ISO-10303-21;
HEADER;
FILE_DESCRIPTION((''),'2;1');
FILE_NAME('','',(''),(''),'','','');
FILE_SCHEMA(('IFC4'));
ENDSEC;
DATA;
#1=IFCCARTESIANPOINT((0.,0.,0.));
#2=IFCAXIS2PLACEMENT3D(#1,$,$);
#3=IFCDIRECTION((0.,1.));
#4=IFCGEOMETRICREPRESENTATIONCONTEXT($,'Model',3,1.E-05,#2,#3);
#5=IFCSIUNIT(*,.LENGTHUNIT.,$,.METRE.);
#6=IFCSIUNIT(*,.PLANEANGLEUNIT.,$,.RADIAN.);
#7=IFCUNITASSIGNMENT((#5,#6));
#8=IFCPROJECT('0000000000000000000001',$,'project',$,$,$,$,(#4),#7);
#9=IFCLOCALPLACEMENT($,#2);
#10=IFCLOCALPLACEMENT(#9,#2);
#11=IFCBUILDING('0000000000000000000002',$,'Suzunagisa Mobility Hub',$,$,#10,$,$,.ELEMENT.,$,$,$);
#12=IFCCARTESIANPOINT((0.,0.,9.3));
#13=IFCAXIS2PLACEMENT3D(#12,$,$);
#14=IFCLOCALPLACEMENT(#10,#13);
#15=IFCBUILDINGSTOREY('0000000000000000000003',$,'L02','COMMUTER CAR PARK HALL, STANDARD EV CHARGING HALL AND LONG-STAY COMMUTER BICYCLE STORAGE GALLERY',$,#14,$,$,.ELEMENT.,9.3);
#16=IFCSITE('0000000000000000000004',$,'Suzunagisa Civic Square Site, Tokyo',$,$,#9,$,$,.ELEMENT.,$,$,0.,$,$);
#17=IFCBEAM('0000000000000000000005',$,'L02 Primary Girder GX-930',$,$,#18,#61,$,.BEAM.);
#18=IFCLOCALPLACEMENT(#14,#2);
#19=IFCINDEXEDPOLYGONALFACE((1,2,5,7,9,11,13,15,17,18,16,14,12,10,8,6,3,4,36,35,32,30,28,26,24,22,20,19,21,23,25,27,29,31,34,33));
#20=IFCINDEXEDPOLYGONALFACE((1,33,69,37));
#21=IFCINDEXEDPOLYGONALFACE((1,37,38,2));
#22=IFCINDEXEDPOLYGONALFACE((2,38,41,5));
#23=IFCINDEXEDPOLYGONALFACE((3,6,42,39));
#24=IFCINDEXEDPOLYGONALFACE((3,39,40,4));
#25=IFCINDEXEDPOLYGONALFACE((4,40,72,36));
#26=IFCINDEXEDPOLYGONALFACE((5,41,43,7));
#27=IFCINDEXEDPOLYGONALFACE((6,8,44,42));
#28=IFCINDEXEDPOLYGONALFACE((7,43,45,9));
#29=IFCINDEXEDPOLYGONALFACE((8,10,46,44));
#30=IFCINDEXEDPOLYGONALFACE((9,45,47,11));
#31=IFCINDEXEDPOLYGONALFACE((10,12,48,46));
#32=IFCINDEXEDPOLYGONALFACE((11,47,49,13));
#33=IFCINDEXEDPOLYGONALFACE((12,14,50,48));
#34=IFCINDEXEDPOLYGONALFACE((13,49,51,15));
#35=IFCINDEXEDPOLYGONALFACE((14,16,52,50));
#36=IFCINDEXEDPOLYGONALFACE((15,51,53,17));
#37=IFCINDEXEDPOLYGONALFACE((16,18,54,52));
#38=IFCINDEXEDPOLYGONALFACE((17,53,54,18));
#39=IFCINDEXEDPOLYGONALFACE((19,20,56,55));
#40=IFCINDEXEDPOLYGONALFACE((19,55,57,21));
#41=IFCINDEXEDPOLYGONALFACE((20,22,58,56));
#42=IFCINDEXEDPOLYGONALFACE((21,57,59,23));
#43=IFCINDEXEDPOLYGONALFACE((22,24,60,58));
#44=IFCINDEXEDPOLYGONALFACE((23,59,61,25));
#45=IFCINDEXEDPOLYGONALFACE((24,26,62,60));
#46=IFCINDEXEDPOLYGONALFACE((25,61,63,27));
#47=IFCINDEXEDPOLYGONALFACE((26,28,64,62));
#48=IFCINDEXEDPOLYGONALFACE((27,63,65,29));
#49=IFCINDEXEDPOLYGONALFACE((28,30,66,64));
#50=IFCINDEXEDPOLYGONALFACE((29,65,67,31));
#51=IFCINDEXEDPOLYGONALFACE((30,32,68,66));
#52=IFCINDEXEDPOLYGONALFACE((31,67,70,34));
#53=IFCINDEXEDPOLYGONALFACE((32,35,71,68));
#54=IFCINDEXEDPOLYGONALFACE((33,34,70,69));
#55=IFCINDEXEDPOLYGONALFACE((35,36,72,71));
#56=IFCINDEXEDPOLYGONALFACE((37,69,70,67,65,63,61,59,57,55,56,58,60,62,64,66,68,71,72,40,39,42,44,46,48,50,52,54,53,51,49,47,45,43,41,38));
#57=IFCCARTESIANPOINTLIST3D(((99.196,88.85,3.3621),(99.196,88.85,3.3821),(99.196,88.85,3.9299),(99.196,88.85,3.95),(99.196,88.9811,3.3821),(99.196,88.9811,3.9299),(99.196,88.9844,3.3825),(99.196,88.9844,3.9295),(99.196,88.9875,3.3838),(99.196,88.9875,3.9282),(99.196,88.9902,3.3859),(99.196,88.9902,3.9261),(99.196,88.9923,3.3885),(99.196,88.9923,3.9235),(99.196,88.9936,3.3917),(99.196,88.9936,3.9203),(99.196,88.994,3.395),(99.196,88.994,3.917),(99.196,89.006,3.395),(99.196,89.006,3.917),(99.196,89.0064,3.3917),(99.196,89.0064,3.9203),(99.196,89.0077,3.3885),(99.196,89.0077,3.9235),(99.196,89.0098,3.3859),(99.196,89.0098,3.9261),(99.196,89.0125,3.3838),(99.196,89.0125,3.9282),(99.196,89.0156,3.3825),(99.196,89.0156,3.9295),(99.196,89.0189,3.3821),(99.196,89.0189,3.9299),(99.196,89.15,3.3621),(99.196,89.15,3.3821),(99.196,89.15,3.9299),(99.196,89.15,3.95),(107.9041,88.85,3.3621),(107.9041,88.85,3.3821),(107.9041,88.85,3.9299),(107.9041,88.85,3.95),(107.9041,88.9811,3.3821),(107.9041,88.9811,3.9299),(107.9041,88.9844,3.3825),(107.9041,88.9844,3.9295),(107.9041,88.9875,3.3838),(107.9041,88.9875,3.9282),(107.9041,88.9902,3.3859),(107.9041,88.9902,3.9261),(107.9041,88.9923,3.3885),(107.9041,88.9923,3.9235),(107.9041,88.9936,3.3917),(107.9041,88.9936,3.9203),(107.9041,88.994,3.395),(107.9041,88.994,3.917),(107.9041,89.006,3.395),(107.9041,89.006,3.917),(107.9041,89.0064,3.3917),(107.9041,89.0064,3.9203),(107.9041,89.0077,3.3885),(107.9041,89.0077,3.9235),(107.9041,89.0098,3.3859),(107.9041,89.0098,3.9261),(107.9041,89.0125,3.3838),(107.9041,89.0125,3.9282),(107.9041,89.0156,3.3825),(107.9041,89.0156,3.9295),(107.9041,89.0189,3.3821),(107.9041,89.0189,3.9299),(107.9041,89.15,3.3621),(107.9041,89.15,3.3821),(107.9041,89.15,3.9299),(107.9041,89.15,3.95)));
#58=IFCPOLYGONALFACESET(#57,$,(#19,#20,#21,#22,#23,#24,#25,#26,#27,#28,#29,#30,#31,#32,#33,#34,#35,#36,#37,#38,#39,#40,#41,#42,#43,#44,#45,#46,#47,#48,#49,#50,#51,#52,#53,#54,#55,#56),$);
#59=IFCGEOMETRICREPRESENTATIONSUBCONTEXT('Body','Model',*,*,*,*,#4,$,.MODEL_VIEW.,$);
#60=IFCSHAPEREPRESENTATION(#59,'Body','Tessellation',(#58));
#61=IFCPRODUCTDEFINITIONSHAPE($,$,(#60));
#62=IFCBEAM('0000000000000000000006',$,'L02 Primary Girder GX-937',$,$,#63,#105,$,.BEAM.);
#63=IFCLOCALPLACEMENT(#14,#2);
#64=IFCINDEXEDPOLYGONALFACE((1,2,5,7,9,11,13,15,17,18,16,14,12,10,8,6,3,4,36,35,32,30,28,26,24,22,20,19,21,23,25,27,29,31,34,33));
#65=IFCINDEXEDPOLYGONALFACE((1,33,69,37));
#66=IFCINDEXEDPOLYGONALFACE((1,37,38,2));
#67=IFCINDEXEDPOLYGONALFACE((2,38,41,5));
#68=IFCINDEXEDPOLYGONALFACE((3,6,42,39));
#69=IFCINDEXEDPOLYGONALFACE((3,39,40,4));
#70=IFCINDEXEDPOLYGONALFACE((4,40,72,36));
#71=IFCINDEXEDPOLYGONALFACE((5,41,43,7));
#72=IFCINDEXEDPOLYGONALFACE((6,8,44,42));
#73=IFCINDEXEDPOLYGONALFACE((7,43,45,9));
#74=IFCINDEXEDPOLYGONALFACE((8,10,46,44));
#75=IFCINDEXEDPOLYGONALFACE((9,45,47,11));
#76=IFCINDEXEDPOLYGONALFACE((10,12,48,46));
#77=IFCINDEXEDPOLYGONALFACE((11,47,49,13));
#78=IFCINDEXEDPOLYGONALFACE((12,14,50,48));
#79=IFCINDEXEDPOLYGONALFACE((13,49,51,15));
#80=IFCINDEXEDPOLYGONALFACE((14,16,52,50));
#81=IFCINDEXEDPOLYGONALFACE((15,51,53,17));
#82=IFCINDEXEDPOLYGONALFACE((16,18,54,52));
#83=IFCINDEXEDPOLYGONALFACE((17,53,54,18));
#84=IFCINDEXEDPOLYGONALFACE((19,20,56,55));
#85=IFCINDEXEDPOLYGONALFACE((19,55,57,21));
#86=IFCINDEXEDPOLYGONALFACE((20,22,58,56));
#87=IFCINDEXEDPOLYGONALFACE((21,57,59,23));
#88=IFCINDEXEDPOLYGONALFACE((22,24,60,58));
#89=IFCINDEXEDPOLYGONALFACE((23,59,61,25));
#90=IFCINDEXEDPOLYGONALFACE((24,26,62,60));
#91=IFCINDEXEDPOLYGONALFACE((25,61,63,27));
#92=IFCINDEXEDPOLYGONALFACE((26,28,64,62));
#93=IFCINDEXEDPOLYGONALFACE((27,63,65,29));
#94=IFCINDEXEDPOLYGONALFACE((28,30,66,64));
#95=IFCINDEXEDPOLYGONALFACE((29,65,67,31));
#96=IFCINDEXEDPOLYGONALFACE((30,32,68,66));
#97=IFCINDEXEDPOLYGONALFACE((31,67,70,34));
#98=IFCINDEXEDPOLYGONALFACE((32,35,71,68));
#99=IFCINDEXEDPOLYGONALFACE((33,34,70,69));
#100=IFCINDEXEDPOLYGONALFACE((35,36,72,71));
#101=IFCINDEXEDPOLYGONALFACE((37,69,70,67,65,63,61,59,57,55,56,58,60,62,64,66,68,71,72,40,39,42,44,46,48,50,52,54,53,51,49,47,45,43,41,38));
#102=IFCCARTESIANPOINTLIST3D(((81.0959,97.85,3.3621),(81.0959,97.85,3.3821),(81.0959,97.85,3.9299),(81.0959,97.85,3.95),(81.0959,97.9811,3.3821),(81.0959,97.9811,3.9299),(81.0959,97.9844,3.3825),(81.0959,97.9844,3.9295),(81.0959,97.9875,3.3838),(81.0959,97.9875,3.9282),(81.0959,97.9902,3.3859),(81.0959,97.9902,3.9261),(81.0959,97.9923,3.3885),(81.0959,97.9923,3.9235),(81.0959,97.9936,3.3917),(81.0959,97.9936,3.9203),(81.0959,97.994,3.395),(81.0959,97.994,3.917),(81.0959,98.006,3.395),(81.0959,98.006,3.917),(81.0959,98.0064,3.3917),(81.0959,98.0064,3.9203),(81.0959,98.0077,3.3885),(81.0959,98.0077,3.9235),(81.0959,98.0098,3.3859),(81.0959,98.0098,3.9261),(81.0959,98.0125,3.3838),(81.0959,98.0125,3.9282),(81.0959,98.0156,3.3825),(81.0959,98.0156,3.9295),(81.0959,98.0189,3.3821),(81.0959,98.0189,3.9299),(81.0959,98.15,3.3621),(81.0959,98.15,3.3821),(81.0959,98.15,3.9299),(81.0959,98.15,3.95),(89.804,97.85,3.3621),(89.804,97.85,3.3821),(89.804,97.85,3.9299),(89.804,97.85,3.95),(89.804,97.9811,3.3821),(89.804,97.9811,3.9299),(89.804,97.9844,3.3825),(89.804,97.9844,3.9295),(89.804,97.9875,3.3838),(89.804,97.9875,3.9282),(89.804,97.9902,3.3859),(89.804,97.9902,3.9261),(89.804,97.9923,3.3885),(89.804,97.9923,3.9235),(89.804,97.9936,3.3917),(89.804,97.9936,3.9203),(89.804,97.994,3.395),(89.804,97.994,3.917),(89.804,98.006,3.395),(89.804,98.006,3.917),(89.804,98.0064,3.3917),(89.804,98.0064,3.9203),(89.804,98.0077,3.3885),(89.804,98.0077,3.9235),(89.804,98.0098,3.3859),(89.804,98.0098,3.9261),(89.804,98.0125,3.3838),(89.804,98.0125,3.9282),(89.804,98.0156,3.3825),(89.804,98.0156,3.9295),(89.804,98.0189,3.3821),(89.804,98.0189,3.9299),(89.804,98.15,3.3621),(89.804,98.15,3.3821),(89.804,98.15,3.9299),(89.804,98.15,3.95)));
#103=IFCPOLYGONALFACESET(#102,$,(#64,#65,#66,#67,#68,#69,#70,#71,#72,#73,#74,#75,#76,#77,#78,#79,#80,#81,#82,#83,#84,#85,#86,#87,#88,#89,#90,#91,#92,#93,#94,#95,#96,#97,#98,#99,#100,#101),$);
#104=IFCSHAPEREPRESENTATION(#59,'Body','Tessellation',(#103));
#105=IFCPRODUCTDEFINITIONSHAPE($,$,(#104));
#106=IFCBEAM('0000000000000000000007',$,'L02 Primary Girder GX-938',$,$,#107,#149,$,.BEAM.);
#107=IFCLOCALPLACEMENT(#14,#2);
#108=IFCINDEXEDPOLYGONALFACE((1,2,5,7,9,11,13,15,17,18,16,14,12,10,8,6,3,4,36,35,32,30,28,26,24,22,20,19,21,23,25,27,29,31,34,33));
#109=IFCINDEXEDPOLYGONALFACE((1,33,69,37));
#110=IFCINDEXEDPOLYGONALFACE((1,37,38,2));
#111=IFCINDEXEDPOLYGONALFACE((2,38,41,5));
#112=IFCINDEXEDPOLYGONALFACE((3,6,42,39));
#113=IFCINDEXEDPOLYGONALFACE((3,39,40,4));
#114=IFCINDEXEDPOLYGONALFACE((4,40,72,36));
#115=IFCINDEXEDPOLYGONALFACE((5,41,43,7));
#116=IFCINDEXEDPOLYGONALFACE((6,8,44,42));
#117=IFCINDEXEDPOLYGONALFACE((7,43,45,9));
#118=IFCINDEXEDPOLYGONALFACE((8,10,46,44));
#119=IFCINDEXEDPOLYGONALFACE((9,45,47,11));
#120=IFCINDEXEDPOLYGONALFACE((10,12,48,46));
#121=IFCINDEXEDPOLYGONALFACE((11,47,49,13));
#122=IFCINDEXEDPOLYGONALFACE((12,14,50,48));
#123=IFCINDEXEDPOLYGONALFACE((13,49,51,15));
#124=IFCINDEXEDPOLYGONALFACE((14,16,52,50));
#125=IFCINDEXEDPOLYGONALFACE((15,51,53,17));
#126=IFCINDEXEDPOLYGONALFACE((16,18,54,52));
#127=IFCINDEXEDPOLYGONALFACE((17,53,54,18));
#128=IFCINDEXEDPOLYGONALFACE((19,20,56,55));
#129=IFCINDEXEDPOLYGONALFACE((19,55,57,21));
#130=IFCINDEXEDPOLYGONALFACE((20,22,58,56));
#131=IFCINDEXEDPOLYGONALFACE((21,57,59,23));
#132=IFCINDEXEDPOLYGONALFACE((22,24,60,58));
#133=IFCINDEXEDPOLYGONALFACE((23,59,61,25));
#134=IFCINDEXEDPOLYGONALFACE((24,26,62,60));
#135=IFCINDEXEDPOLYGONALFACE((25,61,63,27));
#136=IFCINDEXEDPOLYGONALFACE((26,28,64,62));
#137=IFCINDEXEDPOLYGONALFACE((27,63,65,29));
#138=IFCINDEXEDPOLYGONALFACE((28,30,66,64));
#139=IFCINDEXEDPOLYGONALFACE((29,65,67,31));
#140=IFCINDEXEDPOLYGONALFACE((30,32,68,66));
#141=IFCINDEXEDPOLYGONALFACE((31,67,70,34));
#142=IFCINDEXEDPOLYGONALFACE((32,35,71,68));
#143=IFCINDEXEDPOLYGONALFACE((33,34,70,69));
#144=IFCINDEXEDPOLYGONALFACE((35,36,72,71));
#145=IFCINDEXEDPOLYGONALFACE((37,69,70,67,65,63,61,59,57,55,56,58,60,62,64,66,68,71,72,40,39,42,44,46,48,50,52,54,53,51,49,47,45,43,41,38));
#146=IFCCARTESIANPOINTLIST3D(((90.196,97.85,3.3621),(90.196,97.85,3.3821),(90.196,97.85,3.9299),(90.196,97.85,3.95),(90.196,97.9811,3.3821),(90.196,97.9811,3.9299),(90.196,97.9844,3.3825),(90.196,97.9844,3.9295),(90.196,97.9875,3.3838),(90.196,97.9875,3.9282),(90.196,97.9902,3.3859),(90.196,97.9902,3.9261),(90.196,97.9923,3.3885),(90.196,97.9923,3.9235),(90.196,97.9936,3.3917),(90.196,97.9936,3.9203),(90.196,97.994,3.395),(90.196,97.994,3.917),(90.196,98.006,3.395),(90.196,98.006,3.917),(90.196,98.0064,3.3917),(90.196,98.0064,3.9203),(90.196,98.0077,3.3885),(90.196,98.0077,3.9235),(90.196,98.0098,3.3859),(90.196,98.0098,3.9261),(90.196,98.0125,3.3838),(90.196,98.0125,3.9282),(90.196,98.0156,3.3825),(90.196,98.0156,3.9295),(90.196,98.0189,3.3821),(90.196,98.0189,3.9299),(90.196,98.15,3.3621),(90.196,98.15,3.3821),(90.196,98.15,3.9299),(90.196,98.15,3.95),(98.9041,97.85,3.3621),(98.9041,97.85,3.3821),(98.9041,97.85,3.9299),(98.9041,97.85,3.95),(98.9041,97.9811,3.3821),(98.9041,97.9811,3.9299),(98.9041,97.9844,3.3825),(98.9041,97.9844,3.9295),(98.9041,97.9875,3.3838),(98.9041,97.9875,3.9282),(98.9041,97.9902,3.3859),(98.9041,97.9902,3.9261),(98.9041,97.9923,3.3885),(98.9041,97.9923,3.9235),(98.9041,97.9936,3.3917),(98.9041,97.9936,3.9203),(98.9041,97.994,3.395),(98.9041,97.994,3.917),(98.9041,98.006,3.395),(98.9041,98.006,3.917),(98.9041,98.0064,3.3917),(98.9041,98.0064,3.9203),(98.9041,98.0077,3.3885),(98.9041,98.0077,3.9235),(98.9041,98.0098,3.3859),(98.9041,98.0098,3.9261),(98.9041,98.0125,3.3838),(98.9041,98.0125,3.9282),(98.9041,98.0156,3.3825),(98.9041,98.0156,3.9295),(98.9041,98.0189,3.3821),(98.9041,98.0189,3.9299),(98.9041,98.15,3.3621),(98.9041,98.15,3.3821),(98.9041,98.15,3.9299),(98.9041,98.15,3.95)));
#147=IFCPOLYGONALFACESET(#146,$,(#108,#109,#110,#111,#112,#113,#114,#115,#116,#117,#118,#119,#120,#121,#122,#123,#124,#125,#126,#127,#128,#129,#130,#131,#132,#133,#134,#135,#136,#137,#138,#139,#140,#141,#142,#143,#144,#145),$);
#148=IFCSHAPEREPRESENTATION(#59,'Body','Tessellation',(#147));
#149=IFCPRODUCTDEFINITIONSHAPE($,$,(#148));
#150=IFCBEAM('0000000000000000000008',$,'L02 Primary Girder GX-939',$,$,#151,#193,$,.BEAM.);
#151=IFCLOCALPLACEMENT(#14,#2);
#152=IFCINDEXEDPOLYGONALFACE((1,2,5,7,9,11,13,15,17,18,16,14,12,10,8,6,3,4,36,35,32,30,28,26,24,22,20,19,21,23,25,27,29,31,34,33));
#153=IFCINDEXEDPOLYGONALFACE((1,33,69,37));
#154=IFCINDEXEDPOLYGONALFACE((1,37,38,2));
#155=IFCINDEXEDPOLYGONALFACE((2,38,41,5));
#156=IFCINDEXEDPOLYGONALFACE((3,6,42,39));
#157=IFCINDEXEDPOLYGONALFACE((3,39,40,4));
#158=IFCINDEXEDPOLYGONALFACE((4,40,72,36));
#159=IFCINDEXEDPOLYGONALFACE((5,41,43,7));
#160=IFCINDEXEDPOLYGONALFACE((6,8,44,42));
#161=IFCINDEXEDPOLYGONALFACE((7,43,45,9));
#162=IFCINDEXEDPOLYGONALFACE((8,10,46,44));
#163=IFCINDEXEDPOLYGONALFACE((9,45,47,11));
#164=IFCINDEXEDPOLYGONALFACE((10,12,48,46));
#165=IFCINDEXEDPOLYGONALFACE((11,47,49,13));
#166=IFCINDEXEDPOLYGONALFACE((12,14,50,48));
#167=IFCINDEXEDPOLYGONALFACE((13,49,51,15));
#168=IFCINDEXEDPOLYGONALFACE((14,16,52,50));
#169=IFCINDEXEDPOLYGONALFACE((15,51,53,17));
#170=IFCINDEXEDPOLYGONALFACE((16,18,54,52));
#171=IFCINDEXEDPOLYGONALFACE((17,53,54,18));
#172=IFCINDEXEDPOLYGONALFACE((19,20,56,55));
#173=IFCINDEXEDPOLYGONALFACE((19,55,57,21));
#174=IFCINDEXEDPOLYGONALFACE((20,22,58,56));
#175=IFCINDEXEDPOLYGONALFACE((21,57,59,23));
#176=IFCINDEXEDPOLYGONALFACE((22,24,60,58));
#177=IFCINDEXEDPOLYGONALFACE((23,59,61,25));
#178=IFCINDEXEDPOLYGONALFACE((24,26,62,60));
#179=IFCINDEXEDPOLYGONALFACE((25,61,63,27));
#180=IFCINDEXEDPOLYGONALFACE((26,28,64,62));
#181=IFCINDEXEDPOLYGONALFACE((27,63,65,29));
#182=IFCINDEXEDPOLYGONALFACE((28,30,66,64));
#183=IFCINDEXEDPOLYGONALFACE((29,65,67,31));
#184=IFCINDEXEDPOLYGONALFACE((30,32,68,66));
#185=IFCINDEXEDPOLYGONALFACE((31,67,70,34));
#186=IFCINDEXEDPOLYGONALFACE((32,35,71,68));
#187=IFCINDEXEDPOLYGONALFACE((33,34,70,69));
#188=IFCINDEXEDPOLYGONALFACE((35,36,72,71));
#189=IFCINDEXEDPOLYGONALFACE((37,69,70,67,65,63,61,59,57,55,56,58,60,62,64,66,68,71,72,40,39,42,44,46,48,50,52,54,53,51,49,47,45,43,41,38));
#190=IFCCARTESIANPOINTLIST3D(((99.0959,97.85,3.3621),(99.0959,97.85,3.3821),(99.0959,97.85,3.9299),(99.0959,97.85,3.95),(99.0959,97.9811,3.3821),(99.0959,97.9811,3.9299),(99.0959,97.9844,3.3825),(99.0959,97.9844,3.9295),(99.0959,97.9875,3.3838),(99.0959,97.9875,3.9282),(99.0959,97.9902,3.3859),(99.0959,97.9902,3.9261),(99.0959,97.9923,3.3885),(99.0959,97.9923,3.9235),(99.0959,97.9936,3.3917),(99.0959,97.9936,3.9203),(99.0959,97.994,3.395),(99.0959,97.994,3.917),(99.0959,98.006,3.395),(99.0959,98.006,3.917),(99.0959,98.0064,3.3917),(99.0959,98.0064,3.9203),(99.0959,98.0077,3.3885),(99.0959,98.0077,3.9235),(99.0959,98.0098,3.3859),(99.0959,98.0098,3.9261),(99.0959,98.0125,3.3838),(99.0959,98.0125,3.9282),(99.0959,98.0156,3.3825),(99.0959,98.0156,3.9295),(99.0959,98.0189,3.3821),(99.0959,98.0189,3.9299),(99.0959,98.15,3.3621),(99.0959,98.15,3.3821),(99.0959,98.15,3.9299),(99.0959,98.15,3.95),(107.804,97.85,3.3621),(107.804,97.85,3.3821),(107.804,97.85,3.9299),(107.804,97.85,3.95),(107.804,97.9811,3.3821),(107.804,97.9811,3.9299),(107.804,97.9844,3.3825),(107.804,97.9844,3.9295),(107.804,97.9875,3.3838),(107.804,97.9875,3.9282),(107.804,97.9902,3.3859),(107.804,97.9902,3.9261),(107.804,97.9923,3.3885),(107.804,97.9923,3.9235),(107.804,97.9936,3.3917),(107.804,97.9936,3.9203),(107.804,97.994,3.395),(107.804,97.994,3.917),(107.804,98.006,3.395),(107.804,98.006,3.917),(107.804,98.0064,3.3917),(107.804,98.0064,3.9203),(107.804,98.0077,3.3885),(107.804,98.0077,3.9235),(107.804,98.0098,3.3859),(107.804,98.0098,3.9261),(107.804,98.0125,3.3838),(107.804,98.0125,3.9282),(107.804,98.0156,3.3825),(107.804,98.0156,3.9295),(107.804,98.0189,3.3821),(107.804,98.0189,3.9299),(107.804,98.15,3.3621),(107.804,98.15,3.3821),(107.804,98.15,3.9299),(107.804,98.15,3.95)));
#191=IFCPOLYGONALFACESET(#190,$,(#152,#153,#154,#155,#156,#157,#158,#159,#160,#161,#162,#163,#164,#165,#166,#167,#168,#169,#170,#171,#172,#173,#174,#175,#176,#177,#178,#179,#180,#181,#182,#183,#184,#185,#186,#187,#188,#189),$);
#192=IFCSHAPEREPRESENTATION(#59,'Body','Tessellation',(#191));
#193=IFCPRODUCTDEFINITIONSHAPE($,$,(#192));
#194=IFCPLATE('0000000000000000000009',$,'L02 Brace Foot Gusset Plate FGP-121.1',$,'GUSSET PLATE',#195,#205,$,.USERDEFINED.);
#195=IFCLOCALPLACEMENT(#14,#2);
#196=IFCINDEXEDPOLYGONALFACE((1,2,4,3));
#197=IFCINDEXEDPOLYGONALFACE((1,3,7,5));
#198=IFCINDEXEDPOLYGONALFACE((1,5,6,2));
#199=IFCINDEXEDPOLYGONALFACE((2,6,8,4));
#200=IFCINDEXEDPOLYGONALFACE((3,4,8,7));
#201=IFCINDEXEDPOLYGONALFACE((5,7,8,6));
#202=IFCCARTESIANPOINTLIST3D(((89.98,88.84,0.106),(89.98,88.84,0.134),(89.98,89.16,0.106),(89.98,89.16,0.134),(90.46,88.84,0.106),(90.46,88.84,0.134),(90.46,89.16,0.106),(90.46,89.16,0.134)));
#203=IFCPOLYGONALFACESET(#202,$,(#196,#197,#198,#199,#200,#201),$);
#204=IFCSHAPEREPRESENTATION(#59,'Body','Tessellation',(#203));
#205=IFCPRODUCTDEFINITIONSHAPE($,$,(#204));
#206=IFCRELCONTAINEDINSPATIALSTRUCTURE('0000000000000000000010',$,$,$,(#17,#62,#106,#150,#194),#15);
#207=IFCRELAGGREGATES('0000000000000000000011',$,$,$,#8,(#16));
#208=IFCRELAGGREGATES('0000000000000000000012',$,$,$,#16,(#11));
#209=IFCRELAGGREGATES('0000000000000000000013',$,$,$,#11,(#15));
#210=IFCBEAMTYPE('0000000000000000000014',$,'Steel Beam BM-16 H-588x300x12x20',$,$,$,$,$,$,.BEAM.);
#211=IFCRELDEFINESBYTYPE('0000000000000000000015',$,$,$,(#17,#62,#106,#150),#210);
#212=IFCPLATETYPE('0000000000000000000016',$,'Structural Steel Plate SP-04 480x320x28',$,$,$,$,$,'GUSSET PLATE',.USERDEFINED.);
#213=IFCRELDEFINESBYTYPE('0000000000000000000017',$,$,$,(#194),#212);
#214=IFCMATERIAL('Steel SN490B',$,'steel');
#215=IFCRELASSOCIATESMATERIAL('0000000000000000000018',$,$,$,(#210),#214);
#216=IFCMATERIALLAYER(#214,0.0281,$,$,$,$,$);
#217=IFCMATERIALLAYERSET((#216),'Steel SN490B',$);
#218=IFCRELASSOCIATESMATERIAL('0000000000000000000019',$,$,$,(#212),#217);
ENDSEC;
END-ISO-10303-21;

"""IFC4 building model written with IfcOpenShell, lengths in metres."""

from ifc_helpers import new_model, si_unit, direction, frame, origin, origin_2d, place, context, subcontext, project, spatial, rectangle, i_section, extrude, material, layer, layer_set, material_profile, profile_set, type_object, element, save


model = new_model("IFC4")

# Units and contexts
model_context = context("Model", 3, precision=1e-05, world=origin(), true_north=direction((0.0, 1.0)))
body_context = subcontext(model_context, "Body", "Model", "MODEL_VIEW")
ifc_project = project(units=[si_unit("LENGTHUNIT", "METRE"), si_unit("PLANEANGLEUNIT", "RADIAN")], contexts=[model_context])

# Site, building, storey
site_placement = place(None, origin())
site = spatial("IfcSite", under=ifc_project, at=site_placement, Name="Suzunagisa Civic Square Site, Tokyo", CompositionType="ELEMENT", RefElevation=0.0)
building_placement = place(site_placement, origin())
building = spatial("IfcBuilding", under=site, at=building_placement, Name="Suzunagisa Mobility Hub", CompositionType="ELEMENT")
storey_placement = place(building_placement, frame((0.0, 0.0, 9.3)))
storey = spatial("IfcBuildingStorey", under=building, at=storey_placement, Name="L02", Description="COMMUTER CAR PARK HALL, STANDARD EV CHARGING HALL AND LONG-STAY COMMUTER BICYCLE STORAGE GALLERY", CompositionType="ELEMENT", Elevation=9.3)

# Shared definitions
ifc_material_1 = material(Name="Steel SN490B", Category="steel")

# Beams
ifc_material_profile_1 = material_profile(ifc_material_1, i_section(OverallWidth=0.3, OverallDepth=0.5879, WebThickness=0.012, FlangeThickness=0.02, FilletRadius=0.0129, at=origin_2d()), Name="H-588x300x12x20")
ifc_profile_set_1 = profile_set([ifc_material_profile_1], Name="Steel SN490B")
beam_type_1 = type_object("IfcBeamType", Name="Steel Beam BM-16 H-588x300x12x20", PredefinedType="BEAM", material=ifc_profile_set_1)
for number, where, z_axis, x_axis, name in (
    (1, (99.196, 89.0, 3.656), (1.0, 0.0, 0.0), (0.0, 1.0, 0.0), "L02 Primary Girder GX-930"),
    (2, (81.0959, 98.0, 3.656), (1.0, 0.0, 0.0), (0.0, 1.0, 0.0), "L02 Primary Girder GX-937"),
    (3, (90.196, 98.0, 3.656), (1.0, 0.0, 0.0), (0.0, 1.0, 0.0), "L02 Primary Girder GX-938"),
    (4, (99.0959, 98.0, 3.656), (1.0, 0.0, 0.0), (0.0, 1.0, 0.0), "L02 Primary Girder GX-939"),
):
    element("IfcBeam", number, at=place(storey_placement, frame(where, z_axis=z_axis, x_axis=x_axis)), inside=storey, type_object=beam_type_1, Name=name, PredefinedType="BEAM", context=body_context, shape_type="SweptSolid", body=[
        extrude(i_section(OverallWidth=0.3, OverallDepth=0.5879, WebThickness=0.012, FlangeThickness=0.02, FilletRadius=0.0129, at=origin_2d()), origin(), (0.0, 0.0, 1.0), 8.708),
    ])

# Plate
ifc_layer_1 = layer(ifc_material_1, 0.0281)
ifc_layer_set_1 = layer_set([ifc_layer_1], Name="Steel SN490B")
plate_type_1 = type_object("IfcPlateType", Name="Structural Steel Plate SP-04 480x320x28", ElementType="GUSSET PLATE", PredefinedType="USERDEFINED", material=ifc_layer_set_1)
for number, where, z_axis, x_axis, name in (
    (5, (90.22, 89.0, 0.106), (0.0, 0.0, 1.0), (1.0, 0.0, 0.0), "L02 Brace Foot Gusset Plate FGP-121.1"),
):
    element("IfcPlate", number, at=place(storey_placement, frame(where, z_axis=z_axis, x_axis=x_axis)), inside=storey, type_object=plate_type_1, Name=name, ObjectType="GUSSET PLATE", PredefinedType="USERDEFINED", context=body_context, shape_type="SweptSolid", body=[
        extrude(rectangle(XDim=0.48, YDim=0.3201, at=origin_2d()), origin(), (0.0, 0.0, 1.0), 0.0281),
    ])

save(model, "model.ifc")
